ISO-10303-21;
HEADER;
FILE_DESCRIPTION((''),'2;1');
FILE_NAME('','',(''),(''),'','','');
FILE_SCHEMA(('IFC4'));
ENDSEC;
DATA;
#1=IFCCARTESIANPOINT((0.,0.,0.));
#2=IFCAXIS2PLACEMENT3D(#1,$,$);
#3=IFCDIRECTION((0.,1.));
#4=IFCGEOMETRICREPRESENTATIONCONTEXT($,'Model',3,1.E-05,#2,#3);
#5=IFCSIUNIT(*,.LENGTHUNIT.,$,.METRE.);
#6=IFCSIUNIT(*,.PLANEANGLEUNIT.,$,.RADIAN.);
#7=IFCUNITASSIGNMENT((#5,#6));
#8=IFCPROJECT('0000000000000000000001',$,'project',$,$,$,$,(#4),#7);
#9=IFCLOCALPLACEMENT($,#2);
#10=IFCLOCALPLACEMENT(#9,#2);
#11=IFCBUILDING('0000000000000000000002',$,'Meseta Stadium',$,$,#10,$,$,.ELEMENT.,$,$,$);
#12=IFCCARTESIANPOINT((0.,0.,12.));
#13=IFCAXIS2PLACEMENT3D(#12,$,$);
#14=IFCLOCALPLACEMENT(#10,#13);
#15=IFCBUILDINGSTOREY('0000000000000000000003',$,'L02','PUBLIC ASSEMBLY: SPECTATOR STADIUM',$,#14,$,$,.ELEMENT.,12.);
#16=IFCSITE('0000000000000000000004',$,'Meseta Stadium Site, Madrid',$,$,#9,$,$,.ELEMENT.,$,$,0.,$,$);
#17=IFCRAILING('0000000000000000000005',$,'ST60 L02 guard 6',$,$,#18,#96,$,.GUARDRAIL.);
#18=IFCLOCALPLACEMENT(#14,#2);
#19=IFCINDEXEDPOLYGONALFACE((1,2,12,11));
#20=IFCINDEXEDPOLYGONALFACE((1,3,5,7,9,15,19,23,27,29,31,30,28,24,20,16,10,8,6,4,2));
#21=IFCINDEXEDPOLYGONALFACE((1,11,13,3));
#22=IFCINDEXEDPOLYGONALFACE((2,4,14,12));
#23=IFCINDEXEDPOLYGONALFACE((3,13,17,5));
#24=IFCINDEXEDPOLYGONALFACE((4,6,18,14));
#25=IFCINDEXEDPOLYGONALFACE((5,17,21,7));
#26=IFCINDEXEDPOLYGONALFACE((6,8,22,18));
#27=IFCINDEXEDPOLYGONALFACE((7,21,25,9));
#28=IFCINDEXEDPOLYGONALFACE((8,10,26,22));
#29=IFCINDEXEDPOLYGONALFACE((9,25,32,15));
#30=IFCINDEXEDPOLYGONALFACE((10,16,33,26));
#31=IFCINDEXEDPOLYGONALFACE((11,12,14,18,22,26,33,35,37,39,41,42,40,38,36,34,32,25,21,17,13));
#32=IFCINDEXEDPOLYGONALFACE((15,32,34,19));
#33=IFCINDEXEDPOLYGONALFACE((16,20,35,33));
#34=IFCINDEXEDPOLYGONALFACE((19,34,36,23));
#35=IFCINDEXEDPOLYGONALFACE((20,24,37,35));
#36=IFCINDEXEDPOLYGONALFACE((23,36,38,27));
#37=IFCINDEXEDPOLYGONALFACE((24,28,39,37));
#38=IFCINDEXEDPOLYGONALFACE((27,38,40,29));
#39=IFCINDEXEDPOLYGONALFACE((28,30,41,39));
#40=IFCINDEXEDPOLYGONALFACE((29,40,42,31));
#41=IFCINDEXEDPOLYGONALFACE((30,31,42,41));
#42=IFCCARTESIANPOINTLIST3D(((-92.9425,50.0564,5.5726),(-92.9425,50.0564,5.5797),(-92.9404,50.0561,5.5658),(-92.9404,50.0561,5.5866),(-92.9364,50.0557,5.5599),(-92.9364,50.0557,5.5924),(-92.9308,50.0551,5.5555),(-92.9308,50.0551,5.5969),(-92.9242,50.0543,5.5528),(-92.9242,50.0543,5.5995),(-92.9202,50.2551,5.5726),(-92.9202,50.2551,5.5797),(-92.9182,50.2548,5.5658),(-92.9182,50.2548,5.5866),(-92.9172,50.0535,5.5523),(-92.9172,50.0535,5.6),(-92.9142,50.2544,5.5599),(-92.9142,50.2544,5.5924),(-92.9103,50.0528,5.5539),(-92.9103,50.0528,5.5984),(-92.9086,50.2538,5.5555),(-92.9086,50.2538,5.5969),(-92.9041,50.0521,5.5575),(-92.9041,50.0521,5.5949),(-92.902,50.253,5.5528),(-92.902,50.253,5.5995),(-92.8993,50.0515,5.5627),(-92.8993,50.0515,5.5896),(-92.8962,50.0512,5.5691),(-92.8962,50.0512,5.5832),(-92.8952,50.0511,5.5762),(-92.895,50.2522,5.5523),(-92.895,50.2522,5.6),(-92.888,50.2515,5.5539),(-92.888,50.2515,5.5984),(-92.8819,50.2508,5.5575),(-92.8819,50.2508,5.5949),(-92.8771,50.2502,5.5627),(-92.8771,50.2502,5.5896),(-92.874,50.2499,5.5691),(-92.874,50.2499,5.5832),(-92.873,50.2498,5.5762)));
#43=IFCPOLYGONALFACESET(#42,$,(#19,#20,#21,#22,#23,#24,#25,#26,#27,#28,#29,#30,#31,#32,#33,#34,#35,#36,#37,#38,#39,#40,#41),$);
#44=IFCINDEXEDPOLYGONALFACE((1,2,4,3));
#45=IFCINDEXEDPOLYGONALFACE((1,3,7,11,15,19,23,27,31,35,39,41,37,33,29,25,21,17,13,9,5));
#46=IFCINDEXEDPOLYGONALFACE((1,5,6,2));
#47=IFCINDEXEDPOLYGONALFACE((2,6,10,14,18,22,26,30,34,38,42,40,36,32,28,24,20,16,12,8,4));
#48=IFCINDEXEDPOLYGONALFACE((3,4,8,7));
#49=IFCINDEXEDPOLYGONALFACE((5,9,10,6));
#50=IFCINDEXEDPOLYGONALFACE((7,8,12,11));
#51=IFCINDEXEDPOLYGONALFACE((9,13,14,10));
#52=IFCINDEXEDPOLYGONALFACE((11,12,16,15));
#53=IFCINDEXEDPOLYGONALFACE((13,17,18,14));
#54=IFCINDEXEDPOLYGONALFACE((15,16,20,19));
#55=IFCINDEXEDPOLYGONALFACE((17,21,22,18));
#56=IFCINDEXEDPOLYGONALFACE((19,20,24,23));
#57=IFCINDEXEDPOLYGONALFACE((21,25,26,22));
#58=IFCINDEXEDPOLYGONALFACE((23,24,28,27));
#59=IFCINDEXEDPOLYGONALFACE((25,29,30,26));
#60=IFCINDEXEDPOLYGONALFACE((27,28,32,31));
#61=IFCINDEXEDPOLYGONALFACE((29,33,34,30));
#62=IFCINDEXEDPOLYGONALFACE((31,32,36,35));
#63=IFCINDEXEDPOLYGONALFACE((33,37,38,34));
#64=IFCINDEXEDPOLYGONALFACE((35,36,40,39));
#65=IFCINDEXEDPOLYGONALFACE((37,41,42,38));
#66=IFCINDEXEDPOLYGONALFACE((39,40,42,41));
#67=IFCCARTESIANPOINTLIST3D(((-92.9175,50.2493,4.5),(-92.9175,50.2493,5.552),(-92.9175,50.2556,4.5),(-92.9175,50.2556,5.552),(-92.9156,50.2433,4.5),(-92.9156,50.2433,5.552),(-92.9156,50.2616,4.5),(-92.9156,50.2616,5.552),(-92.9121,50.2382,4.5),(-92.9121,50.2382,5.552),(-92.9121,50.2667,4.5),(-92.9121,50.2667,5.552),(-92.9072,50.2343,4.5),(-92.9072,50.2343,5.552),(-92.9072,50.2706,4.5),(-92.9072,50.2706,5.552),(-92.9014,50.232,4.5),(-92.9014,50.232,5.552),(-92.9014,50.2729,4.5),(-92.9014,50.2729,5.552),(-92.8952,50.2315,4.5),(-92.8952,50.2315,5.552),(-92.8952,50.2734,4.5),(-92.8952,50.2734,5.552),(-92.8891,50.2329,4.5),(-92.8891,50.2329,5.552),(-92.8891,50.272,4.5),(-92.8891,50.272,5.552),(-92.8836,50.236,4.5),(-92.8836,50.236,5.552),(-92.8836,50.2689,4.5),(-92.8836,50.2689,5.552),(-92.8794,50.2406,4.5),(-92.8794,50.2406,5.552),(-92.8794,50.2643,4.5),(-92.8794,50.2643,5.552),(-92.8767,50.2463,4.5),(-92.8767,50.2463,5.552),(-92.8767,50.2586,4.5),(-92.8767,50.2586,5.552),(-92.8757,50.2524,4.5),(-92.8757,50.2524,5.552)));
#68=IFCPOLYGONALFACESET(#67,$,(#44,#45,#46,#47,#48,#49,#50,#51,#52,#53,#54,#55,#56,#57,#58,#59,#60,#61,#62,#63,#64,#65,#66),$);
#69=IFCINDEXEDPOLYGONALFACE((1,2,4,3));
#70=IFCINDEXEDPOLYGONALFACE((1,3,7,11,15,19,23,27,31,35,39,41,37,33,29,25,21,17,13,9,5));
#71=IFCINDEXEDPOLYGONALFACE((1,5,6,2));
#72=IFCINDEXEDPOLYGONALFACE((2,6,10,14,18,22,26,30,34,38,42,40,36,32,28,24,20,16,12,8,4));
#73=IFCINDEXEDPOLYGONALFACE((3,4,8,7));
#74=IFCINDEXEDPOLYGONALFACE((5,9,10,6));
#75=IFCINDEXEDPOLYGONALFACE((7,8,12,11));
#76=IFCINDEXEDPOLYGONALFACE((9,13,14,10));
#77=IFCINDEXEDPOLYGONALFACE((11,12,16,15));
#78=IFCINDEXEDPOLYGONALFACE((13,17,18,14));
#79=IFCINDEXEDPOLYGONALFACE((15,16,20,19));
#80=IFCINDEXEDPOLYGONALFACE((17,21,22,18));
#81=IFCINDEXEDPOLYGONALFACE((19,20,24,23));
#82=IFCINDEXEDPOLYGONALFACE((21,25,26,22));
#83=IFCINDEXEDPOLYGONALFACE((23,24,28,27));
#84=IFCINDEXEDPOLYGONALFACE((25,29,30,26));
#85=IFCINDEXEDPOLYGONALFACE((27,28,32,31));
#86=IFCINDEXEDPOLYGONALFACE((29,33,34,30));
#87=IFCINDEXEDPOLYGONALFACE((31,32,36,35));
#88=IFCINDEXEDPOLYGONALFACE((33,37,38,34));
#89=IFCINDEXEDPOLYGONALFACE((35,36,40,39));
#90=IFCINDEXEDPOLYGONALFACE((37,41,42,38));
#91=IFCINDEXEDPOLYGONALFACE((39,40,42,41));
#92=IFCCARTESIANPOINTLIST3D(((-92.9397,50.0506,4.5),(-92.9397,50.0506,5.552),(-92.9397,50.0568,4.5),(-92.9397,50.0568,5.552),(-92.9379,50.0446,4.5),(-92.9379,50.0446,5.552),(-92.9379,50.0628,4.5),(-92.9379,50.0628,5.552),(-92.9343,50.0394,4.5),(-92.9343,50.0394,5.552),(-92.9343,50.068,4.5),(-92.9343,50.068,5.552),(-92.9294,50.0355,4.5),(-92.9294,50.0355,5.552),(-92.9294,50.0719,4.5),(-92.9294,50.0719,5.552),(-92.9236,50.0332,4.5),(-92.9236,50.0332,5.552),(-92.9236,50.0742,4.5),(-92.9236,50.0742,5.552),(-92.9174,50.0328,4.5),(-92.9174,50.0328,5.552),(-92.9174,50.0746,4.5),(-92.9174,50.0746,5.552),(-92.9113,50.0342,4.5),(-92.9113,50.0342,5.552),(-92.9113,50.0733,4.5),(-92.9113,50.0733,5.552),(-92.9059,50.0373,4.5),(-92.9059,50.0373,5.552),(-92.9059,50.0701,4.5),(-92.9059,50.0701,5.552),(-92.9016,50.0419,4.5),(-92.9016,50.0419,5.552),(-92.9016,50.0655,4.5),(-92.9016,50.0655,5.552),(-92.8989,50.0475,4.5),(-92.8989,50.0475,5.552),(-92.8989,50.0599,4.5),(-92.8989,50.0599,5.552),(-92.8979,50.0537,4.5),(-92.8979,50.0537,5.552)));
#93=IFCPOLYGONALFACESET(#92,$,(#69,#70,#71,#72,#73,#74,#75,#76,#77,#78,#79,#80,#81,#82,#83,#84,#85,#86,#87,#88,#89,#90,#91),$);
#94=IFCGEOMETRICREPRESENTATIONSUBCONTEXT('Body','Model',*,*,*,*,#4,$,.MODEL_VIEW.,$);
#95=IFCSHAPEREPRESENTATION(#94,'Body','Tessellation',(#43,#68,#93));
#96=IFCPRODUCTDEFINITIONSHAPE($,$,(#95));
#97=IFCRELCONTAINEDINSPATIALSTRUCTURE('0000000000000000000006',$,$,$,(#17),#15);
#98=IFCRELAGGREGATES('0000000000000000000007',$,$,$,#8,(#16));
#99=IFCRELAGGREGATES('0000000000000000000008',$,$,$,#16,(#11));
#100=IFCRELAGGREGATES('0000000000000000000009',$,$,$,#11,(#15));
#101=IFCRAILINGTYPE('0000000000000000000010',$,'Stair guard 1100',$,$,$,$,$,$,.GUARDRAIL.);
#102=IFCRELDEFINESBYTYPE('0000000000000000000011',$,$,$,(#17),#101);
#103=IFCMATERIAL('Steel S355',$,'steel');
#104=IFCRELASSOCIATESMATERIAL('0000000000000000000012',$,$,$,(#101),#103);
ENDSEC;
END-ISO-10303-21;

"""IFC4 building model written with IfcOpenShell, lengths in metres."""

from ifc_helpers import new_model, si_unit, direction, frame, origin, origin_2d, place, context, subcontext, project, spatial, circle, extrude, material, type_object, element, save


model = new_model("IFC4")

# Units and contexts
model_context = context("Model", 3, precision=1e-05, world=origin(), true_north=direction((0.0, 1.0)))
body_context = subcontext(model_context, "Body", "Model", "MODEL_VIEW")
ifc_project = project(units=[si_unit("LENGTHUNIT", "METRE"), si_unit("PLANEANGLEUNIT", "RADIAN")], contexts=[model_context])

# Site, building, storey
site_placement = place(None, origin())
site = spatial("IfcSite", under=ifc_project, at=site_placement, Name="Meseta Stadium Site, Madrid", CompositionType="ELEMENT", RefElevation=0.0)
building_placement = place(site_placement, origin())
building = spatial("IfcBuilding", under=site, at=building_placement, Name="Meseta Stadium", CompositionType="ELEMENT")
storey_placement = place(building_placement, frame((0.0, 0.0, 12.0)))
storey = spatial("IfcBuildingStorey", under=building, at=storey_placement, Name="L02", Description="PUBLIC ASSEMBLY: SPECTATOR STADIUM", CompositionType="ELEMENT", Elevation=12.0)

# Railing
ifc_material_1 = material(Name="Steel S355", Category="steel")
railing_type_1 = type_object("IfcRailingType", Name="Stair guard 1100", PredefinedType="GUARDRAIL", material=ifc_material_1)
railing_1_placement = place(storey_placement, frame((-92.8967, 50.2524, 4.5)))
element("IfcRailing", 1, at=railing_1_placement, inside=storey, type_object=railing_type_1, Name="ST60 L02 guard 6", PredefinedType="GUARDRAIL", context=body_context, shape_type="SweptSolid", body=[
    extrude(circle(Radius=0.0239, at=origin_2d()), frame((0.0, 0.0, 1.0762), z_axis=(-0.111102, -0.993809, 0.0), x_axis=(0.993809, -0.111102, 0.0)), (0.0, 0.0, 1.0), 0.2),
    extrude(circle(Radius=0.021, at=origin_2d()), origin(), (0.0, 0.0, 1.0), 1.052),
    extrude(circle(Radius=0.021, at=origin_2d()), frame((-0.0222, -0.1987, 0.0)), (0.0, 0.0, 1.0), 1.052),
])

save(model, "model.ifc")
